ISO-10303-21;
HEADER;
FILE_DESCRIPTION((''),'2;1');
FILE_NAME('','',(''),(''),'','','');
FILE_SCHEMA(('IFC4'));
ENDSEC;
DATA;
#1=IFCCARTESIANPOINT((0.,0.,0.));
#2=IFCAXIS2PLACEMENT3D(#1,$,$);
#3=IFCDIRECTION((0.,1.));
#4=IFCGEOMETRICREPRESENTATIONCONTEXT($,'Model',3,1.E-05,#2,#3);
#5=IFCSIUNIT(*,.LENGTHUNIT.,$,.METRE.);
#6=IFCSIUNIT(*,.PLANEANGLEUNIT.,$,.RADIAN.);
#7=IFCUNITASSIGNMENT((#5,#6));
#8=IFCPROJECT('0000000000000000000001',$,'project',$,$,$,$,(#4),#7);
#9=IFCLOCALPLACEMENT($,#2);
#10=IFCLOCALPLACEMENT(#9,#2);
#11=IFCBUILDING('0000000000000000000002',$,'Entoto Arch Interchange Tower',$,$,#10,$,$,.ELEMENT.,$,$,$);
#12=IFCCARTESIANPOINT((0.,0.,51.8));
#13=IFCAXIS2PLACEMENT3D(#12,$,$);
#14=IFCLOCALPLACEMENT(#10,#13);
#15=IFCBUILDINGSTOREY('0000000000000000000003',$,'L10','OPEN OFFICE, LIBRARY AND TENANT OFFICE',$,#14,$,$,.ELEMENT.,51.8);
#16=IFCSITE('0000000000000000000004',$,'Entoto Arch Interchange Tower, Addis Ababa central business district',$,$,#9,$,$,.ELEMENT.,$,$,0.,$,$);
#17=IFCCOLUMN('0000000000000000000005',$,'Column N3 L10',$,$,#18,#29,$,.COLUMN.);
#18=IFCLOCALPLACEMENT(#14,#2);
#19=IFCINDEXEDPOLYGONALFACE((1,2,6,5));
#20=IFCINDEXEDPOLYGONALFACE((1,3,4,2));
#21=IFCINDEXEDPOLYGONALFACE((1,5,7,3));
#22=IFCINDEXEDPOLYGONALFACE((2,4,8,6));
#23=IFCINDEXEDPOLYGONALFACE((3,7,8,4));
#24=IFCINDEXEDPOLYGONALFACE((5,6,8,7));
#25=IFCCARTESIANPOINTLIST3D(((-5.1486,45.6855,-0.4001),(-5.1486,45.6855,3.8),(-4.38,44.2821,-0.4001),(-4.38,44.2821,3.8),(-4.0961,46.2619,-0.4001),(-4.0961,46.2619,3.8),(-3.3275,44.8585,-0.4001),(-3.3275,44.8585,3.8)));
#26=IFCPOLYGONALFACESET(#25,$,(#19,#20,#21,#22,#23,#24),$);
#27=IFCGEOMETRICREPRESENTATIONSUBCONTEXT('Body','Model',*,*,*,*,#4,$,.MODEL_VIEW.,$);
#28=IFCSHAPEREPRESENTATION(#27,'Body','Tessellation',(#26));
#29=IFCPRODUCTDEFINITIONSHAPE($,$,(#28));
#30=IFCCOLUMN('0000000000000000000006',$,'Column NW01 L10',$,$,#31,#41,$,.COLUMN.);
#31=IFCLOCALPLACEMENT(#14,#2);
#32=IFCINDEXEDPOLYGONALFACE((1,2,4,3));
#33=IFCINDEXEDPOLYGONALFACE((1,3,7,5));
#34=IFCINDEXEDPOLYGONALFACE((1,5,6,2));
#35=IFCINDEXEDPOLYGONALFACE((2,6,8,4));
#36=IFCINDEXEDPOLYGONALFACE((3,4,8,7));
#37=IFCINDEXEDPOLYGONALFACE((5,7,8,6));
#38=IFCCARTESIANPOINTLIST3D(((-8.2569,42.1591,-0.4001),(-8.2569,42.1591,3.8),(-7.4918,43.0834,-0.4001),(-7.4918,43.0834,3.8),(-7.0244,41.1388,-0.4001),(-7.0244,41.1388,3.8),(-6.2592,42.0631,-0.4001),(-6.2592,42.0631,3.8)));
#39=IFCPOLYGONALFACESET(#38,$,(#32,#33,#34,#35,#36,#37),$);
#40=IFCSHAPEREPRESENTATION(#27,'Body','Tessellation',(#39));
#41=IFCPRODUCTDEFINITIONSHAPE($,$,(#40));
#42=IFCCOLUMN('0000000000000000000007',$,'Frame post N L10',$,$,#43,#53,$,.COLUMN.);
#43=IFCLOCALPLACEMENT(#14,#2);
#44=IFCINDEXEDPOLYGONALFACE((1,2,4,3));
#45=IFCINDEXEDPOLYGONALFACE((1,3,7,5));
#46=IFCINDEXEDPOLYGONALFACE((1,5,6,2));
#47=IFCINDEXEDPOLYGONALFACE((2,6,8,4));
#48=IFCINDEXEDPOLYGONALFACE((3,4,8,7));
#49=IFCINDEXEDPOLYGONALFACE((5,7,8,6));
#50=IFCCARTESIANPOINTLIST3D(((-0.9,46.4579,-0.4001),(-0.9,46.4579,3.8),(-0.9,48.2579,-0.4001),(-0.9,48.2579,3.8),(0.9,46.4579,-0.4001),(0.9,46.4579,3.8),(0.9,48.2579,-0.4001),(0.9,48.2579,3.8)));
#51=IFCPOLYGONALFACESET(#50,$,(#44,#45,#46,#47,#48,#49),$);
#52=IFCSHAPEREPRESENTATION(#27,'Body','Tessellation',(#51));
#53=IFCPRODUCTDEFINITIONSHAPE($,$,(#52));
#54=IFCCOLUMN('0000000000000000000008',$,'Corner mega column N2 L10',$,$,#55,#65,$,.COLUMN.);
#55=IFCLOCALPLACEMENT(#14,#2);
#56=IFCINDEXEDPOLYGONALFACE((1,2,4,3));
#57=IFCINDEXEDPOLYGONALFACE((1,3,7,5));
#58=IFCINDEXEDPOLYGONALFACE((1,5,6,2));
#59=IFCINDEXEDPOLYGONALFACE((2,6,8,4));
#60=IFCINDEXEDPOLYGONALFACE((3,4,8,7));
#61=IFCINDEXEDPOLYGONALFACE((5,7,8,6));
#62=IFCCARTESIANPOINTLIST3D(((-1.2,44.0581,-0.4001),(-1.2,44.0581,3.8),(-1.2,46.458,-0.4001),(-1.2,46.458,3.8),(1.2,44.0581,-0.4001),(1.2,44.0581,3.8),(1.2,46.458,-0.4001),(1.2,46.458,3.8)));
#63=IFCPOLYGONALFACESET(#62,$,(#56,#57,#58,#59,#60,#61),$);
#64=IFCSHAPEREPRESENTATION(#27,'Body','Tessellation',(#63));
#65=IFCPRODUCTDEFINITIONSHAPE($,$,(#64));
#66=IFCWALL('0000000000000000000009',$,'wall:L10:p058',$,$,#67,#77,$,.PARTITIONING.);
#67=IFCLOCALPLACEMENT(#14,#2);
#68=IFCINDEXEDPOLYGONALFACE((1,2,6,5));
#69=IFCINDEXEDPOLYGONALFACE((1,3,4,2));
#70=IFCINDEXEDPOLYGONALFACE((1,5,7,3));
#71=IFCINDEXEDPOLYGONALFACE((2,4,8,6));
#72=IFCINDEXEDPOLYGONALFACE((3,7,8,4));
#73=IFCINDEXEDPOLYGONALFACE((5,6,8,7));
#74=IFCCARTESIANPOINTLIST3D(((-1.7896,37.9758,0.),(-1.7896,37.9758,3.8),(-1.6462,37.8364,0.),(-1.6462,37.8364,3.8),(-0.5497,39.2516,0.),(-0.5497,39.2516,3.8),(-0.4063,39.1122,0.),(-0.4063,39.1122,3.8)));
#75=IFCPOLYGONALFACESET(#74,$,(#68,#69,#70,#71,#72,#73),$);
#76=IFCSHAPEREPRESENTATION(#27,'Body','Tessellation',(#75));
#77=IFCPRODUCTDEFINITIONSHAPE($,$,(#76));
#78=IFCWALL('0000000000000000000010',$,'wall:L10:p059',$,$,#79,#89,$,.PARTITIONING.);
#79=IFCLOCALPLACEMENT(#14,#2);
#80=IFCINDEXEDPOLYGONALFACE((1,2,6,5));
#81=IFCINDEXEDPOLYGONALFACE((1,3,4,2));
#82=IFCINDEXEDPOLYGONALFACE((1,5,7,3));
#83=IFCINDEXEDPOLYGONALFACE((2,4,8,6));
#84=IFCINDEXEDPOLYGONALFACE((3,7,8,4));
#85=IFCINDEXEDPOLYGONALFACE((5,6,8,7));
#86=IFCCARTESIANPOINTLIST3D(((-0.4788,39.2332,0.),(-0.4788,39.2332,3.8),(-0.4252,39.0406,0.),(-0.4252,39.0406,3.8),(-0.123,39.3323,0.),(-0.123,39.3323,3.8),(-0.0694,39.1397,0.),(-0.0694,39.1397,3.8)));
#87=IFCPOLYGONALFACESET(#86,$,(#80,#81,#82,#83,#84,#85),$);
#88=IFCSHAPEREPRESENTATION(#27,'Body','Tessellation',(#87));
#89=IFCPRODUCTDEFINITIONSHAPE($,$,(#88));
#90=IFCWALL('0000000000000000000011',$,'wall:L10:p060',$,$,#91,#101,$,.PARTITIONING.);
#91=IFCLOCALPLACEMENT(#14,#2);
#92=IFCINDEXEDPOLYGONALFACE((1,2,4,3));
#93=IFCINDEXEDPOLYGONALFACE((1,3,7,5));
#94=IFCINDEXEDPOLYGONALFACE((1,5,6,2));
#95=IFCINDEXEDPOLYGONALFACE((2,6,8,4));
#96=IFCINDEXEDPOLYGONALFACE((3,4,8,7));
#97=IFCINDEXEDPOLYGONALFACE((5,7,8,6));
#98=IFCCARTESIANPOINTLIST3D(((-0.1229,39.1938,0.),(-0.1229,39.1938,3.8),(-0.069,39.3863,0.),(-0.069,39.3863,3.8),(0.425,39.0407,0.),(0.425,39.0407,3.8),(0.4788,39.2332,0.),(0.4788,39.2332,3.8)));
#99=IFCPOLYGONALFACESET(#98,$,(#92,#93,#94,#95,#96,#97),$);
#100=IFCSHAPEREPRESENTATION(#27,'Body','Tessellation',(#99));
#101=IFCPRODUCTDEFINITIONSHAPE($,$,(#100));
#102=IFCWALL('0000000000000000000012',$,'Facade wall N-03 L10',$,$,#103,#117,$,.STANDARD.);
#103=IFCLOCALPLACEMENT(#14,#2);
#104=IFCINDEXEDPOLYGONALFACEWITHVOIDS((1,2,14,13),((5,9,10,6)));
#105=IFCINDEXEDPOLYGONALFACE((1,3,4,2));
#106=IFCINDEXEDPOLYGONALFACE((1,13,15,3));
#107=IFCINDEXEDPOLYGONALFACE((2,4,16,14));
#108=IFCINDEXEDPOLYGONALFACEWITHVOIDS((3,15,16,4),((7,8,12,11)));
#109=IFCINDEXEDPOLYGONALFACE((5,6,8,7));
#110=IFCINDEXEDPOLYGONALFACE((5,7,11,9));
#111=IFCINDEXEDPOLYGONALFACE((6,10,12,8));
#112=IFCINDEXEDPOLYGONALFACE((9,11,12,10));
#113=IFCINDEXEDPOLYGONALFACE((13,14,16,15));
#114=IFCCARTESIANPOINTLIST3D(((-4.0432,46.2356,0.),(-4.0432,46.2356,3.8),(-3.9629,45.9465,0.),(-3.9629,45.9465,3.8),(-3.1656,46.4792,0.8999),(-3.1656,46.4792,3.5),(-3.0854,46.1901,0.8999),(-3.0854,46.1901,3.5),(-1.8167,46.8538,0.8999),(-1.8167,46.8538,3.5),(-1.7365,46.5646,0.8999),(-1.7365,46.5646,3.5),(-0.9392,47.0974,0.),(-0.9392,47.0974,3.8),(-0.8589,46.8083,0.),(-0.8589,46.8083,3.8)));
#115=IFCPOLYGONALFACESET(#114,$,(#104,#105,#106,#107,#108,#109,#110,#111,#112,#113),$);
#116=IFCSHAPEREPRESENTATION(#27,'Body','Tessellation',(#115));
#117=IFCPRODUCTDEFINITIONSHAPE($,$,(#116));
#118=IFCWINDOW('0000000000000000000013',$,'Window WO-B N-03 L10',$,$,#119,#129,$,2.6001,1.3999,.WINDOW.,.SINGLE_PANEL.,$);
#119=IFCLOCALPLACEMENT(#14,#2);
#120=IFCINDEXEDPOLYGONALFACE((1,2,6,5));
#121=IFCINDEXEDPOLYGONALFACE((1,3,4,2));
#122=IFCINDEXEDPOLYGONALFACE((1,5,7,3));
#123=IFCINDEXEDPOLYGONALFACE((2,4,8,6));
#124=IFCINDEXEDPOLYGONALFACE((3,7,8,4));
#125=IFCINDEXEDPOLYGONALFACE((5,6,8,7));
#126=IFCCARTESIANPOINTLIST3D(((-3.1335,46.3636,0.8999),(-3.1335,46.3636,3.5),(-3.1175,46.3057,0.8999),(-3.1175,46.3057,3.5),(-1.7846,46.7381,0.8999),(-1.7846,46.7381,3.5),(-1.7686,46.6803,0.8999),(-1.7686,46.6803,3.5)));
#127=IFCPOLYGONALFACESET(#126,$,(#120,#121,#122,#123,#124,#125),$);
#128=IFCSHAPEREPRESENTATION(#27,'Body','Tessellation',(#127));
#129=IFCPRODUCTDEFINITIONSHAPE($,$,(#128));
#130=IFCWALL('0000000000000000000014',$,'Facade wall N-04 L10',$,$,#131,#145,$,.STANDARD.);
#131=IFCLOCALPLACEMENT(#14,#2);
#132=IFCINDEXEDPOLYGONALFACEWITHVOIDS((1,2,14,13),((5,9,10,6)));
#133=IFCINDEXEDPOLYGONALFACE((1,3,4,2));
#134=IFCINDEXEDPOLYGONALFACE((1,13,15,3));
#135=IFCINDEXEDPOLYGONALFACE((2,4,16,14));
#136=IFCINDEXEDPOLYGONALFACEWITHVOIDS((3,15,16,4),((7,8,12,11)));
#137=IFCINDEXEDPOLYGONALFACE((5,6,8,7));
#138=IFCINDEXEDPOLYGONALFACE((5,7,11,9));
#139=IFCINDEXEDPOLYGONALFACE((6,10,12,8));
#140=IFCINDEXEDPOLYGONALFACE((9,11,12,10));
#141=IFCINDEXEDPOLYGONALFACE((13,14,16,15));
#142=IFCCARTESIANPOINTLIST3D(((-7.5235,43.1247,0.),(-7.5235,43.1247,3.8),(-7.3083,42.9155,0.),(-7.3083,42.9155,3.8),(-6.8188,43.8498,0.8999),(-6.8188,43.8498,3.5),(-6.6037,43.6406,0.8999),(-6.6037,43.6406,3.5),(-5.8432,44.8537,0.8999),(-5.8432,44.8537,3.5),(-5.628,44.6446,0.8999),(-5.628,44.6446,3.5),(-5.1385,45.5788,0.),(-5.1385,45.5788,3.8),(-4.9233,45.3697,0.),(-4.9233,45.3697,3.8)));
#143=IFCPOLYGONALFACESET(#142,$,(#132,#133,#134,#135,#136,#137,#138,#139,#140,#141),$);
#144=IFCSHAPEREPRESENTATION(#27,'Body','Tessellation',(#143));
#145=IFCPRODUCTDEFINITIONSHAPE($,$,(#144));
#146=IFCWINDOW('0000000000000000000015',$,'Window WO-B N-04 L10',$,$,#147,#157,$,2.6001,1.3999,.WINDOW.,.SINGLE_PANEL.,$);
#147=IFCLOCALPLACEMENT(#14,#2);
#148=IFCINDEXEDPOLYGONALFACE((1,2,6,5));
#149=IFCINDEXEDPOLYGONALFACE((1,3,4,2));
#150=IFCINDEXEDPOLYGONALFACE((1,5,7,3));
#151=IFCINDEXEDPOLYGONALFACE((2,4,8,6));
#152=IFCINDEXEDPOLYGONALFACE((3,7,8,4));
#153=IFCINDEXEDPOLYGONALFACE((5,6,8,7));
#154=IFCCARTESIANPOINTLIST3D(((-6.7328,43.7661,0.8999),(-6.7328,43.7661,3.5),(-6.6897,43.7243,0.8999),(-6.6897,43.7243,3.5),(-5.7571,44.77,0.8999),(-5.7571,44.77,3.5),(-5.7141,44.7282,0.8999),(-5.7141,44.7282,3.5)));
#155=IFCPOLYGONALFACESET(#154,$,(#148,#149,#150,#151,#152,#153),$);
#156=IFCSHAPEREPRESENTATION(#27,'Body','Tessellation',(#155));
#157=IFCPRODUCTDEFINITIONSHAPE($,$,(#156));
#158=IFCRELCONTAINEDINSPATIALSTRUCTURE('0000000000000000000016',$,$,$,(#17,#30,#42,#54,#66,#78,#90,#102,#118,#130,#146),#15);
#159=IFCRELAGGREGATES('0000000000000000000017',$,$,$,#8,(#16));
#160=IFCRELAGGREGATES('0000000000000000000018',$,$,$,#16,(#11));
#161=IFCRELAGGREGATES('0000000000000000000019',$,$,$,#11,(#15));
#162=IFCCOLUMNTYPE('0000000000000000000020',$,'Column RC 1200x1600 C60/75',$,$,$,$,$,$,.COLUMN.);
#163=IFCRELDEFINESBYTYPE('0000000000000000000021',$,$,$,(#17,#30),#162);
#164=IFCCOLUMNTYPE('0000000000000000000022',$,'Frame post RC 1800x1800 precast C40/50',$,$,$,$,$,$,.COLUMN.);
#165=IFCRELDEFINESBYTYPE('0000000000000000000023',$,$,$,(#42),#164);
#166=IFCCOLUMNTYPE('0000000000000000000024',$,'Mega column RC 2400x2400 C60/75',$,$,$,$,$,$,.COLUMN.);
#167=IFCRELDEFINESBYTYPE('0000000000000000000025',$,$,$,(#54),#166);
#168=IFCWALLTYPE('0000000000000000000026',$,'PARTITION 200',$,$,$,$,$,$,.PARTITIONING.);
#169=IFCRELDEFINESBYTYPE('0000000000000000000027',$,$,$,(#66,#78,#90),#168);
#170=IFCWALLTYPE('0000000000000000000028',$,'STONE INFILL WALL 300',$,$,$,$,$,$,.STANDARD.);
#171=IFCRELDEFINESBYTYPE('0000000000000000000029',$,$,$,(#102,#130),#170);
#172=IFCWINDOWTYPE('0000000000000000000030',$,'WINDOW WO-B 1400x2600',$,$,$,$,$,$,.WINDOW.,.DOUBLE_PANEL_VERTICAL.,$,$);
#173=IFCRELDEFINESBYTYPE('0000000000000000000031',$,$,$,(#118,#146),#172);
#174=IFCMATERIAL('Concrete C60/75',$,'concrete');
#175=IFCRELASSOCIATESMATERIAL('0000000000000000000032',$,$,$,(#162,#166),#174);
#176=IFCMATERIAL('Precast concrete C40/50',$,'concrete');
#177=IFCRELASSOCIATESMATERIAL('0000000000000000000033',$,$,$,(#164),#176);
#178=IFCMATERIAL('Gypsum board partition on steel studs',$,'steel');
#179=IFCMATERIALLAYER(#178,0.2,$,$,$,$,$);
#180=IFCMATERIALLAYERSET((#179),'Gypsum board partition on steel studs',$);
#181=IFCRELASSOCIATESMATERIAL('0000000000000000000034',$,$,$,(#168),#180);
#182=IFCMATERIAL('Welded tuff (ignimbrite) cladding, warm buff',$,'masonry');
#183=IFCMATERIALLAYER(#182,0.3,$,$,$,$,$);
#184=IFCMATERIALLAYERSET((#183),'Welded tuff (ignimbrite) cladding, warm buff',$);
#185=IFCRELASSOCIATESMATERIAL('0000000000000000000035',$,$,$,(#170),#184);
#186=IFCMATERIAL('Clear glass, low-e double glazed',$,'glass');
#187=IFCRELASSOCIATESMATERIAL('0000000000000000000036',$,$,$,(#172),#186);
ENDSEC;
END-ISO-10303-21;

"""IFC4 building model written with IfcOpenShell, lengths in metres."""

from ifc_helpers import new_model, si_unit, direction, frame, frame_2d, origin, origin_2d, place, context, subcontext, project, spatial, rectangle, extrude, material, layer, layer_set, material_profile, profile_set, type_object, element, fill, save


model = new_model("IFC4")

# Units and contexts
model_context = context("Model", 3, precision=1e-05, world=origin(), true_north=direction((0.0, 1.0)))
body_context = subcontext(model_context, "Body", "Model", "MODEL_VIEW")
ifc_project = project(units=[si_unit("LENGTHUNIT", "METRE"), si_unit("PLANEANGLEUNIT", "RADIAN")], contexts=[model_context])

# Site, building, storey
site_placement = place(None, origin())
site = spatial("IfcSite", under=ifc_project, at=site_placement, Name="Entoto Arch Interchange Tower, Addis Ababa central business district", CompositionType="ELEMENT", RefElevation=0.0)
building_placement = place(site_placement, origin())
building = spatial("IfcBuilding", under=site, at=building_placement, Name="Entoto Arch Interchange Tower", CompositionType="ELEMENT")
storey_placement = place(building_placement, frame((0.0, 0.0, 51.8)))
storey = spatial("IfcBuildingStorey", under=building, at=storey_placement, Name="L10", Description="OPEN OFFICE, LIBRARY AND TENANT OFFICE", CompositionType="ELEMENT", Elevation=51.8)

# Columns
ifc_material_1 = material(Name="Concrete C60/75", Category="concrete")
ifc_material_profile_1 = material_profile(ifc_material_1, rectangle(XDim=1.2, YDim=1.6001, at=origin_2d()))
ifc_profile_set_1 = profile_set([ifc_material_profile_1], Name="Concrete C60/75")
column_type_1 = type_object("IfcColumnType", Name="Column RC 1200x1600 C60/75", PredefinedType="COLUMN", material=ifc_profile_set_1)
for number, where, z_axis, x_axis, name in (
    (1, (-4.238, 45.272, -0.4001), (0.0, 0.0, 1.0), (0.877079, 0.480346, 0.0), "Column N3 L10"),
    (2, (-7.2581, 42.1111, -0.4001), (0.0, 0.0, 1.0), (0.637666, 0.770313, 0.0), "Column NW01 L10"),
):
    element("IfcColumn", number, at=place(storey_placement, frame(where, z_axis=z_axis, x_axis=x_axis)), inside=storey, type_object=column_type_1, Name=name, PredefinedType="COLUMN", context=body_context, shape_type="SweptSolid", body=[
        extrude(rectangle(XDim=1.2, YDim=1.6001, at=origin_2d()), origin(), (0.0, 0.0, 1.0), 4.2002),
    ])
ifc_material_2 = material(Name="Precast concrete C40/50", Category="concrete")
ifc_material_profile_2 = material_profile(ifc_material_2, rectangle(XDim=1.8, YDim=1.8, at=origin_2d()))
ifc_profile_set_2 = profile_set([ifc_material_profile_2], Name="Precast concrete C40/50")
column_type_2 = type_object("IfcColumnType", Name="Frame post RC 1800x1800 precast C40/50", PredefinedType="COLUMN", material=ifc_profile_set_2)
column_1_placement = place(storey_placement, frame((0.0, 47.3579, -0.4001), z_axis=(0.0, 0.0, 1.0), x_axis=(0.0, 1.0, 0.0)))
element("IfcColumn", 3, at=column_1_placement, inside=storey, type_object=column_type_2, Name="Frame post N L10", PredefinedType="COLUMN", context=body_context, shape_type="SweptSolid", body=[
    extrude(rectangle(XDim=1.8, YDim=1.8, at=origin_2d()), origin(), (0.0, 0.0, 1.0), 4.2002),
])
ifc_material_profile_3 = material_profile(ifc_material_1, rectangle(XDim=2.3999, YDim=2.3999, at=origin_2d()))
ifc_profile_set_3 = profile_set([ifc_material_profile_3], Name="Concrete C60/75")
column_type_3 = type_object("IfcColumnType", Name="Mega column RC 2400x2400 C60/75", PredefinedType="COLUMN", material=ifc_profile_set_3)
column_2_placement = place(storey_placement, frame((0.0, 45.2581, -0.4001), z_axis=(0.0, 0.0, 1.0), x_axis=(0.0, 1.0, 0.0)))
element("IfcColumn", 4, at=column_2_placement, inside=storey, type_object=column_type_3, Name="Corner mega column N2 L10", PredefinedType="COLUMN", context=body_context, shape_type="SweptSolid", body=[
    extrude(rectangle(XDim=2.3999, YDim=2.3999, at=origin_2d()), origin(), (0.0, 0.0, 1.0), 4.2002),
])

# Walls
ifc_material_3 = material(Name="Gypsum board partition on steel studs", Category="steel")
ifc_layer_1 = layer(ifc_material_3, 0.2)
ifc_layer_set_1 = layer_set([ifc_layer_1], Name="Gypsum board partition on steel studs")
wall_type_1 = type_object("IfcWallType", Name="PARTITION 200", PredefinedType="PARTITIONING", material=ifc_layer_set_1)
wall_1_placement = place(storey_placement, frame((-1.718, 37.906, 0.0), z_axis=(0.0, 0.0, 1.0), x_axis=(0.696949, 0.717121, 0.0)))
element("IfcWall", 5, at=wall_1_placement, inside=storey, type_object=wall_type_1, Name="wall:L10:p058", PredefinedType="PARTITIONING", context=body_context, shape_type="SweptSolid", body=[
    extrude(rectangle(XDim=1.7791, YDim=0.2, at=frame_2d((0.8896, 0.0))), origin(), (0.0, 0.0, 1.0), 3.8),
])
wall_2_placement = place(storey_placement, frame((-0.4519, 39.137, 0.0), z_axis=(0.0, 0.0, 1.0), x_axis=(0.963347, 0.268257, 0.0)))
element("IfcWall", 6, at=wall_2_placement, inside=storey, type_object=wall_type_1, Name="wall:L10:p059", PredefinedType="PARTITIONING", context=body_context, shape_type="SweptSolid", body=[
    extrude(rectangle(XDim=0.3694, YDim=0.2, at=frame_2d((0.1846, 0.0))), origin(), (0.0, 0.0, 1.0), 3.8),
])
wall_3_placement = place(storey_placement, frame((-0.0959, 39.29, 0.0), z_axis=(0.0, 0.0, 1.0), x_axis=(0.963111, -0.269105, 0.0)))
element("IfcWall", 7, at=wall_3_placement, inside=storey, type_object=wall_type_1, Name="wall:L10:p060", PredefinedType="PARTITIONING", context=body_context, shape_type="SweptSolid", body=[
    extrude(rectangle(XDim=0.5688, YDim=0.2, at=frame_2d((0.2844, 0.0))), origin(), (0.0, 0.0, 1.0), 3.8),
])

# Walls, openings, windows
ifc_material_4 = material(Name="Welded tuff (ignimbrite) cladding, warm buff", Category="masonry")
ifc_layer_2 = layer(ifc_material_4, 0.3)
ifc_layer_set_2 = layer_set([ifc_layer_2], Name="Welded tuff (ignimbrite) cladding, warm buff")
wall_type_2 = type_object("IfcWallType", Name="STONE INFILL WALL 300", PredefinedType="STANDARD", material=ifc_layer_set_2)
wall_4_placement = place(storey_placement, frame((-0.8989, 46.9529, 0.0), z_axis=(0.0, 0.0, 1.0), x_axis=(-0.96355, -0.267527, 0.0)))
wall_4 = element("IfcWall", 8, at=wall_4_placement, inside=storey, type_object=wall_type_2, Name="Facade wall N-03 L10", PredefinedType="STANDARD", context=body_context, shape_type="SweptSolid", body=[
    extrude(rectangle(XDim=3.2214, YDim=0.3, at=frame_2d((1.6108, 0.0))), origin(), (0.0, 0.0, 1.0), 3.8),
])
opening_1_placement = place(wall_4_placement, frame((0.9109, 0.0, 0.8999)))
opening_1 = element("IfcOpeningElement", 9, at=opening_1_placement, cuts=wall_4, PredefinedType="OPENING", context=body_context, shape_type="SweptSolid", body=[
    extrude(rectangle(XDim=1.3999, YDim=2.6001, at=frame_2d((0.7, 1.3))), frame((0.0, 0.1602, 0.0), z_axis=(0.0, -1.0, 0.0), x_axis=(1.0, 0.0, 0.0)), (0.0, 0.0, 1.0), 0.3201),
])
ifc_material_5 = material(Name="Clear glass, low-e double glazed", Category="glass")
window_type_1 = type_object("IfcWindowType", Name="WINDOW WO-B 1400x2600", PartitioningType="DOUBLE_PANEL_VERTICAL", PredefinedType="WINDOW", material=ifc_material_5)
window_1_placement = place(opening_1_placement, origin())
window_1 = element("IfcWindow", 10, at=window_1_placement, inside=storey, type_object=window_type_1, Name="Window WO-B N-03 L10", OverallHeight=2.6001, OverallWidth=1.3999, PartitioningType="SINGLE_PANEL", PredefinedType="WINDOW", context=body_context, shape_type="SweptSolid", body=[
    extrude(rectangle(XDim=1.3999, YDim=2.6001, at=frame_2d((0.7, 1.3))), frame((0.0, 0.03, 0.0), z_axis=(0.0, -1.0, 0.0), x_axis=(1.0, 0.0, 0.0)), (0.0, 0.0, 1.0), 0.0601),
])
fill(opening_1, window_1)
wall_5_placement = place(storey_placement, frame((-5.031, 45.4741, 0.0), z_axis=(0.0, 0.0, 1.0), x_axis=(-0.69694, -0.71713, 0.0)))
wall_5 = element("IfcWall", 11, at=wall_5_placement, inside=storey, type_object=wall_type_2, Name="Facade wall N-04 L10", PredefinedType="STANDARD", context=body_context, shape_type="SweptSolid", body=[
    extrude(rectangle(XDim=3.4221, YDim=0.3, at=frame_2d((1.7109, 0.0))), origin(), (0.0, 0.0, 1.0), 3.8),
])
opening_2_placement = place(wall_5_placement, frame((1.011, 0.0, 0.8999)))
opening_2 = element("IfcOpeningElement", 12, at=opening_2_placement, cuts=wall_5, PredefinedType="OPENING", context=body_context, shape_type="SweptSolid", body=[
    extrude(rectangle(XDim=1.3999, YDim=2.6001, at=frame_2d((0.7, 1.3))), frame((0.0, 0.1602, 0.0), z_axis=(0.0, -1.0, 0.0), x_axis=(1.0, 0.0, 0.0)), (0.0, 0.0, 1.0), 0.3201),
])
window_2_placement = place(opening_2_placement, origin())
window_2 = element("IfcWindow", 13, at=window_2_placement, inside=storey, type_object=window_type_1, Name="Window WO-B N-04 L10", OverallHeight=2.6001, OverallWidth=1.3999, PartitioningType="SINGLE_PANEL", PredefinedType="WINDOW", context=body_context, shape_type="SweptSolid", body=[
    extrude(rectangle(XDim=1.3999, YDim=2.6001, at=frame_2d((0.7, 1.3))), frame((0.0, 0.03, 0.0), z_axis=(0.0, -1.0, 0.0), x_axis=(1.0, 0.0, 0.0)), (0.0, 0.0, 1.0), 0.0601),
])
fill(opening_2, window_2)

save(model, "model.ifc")
